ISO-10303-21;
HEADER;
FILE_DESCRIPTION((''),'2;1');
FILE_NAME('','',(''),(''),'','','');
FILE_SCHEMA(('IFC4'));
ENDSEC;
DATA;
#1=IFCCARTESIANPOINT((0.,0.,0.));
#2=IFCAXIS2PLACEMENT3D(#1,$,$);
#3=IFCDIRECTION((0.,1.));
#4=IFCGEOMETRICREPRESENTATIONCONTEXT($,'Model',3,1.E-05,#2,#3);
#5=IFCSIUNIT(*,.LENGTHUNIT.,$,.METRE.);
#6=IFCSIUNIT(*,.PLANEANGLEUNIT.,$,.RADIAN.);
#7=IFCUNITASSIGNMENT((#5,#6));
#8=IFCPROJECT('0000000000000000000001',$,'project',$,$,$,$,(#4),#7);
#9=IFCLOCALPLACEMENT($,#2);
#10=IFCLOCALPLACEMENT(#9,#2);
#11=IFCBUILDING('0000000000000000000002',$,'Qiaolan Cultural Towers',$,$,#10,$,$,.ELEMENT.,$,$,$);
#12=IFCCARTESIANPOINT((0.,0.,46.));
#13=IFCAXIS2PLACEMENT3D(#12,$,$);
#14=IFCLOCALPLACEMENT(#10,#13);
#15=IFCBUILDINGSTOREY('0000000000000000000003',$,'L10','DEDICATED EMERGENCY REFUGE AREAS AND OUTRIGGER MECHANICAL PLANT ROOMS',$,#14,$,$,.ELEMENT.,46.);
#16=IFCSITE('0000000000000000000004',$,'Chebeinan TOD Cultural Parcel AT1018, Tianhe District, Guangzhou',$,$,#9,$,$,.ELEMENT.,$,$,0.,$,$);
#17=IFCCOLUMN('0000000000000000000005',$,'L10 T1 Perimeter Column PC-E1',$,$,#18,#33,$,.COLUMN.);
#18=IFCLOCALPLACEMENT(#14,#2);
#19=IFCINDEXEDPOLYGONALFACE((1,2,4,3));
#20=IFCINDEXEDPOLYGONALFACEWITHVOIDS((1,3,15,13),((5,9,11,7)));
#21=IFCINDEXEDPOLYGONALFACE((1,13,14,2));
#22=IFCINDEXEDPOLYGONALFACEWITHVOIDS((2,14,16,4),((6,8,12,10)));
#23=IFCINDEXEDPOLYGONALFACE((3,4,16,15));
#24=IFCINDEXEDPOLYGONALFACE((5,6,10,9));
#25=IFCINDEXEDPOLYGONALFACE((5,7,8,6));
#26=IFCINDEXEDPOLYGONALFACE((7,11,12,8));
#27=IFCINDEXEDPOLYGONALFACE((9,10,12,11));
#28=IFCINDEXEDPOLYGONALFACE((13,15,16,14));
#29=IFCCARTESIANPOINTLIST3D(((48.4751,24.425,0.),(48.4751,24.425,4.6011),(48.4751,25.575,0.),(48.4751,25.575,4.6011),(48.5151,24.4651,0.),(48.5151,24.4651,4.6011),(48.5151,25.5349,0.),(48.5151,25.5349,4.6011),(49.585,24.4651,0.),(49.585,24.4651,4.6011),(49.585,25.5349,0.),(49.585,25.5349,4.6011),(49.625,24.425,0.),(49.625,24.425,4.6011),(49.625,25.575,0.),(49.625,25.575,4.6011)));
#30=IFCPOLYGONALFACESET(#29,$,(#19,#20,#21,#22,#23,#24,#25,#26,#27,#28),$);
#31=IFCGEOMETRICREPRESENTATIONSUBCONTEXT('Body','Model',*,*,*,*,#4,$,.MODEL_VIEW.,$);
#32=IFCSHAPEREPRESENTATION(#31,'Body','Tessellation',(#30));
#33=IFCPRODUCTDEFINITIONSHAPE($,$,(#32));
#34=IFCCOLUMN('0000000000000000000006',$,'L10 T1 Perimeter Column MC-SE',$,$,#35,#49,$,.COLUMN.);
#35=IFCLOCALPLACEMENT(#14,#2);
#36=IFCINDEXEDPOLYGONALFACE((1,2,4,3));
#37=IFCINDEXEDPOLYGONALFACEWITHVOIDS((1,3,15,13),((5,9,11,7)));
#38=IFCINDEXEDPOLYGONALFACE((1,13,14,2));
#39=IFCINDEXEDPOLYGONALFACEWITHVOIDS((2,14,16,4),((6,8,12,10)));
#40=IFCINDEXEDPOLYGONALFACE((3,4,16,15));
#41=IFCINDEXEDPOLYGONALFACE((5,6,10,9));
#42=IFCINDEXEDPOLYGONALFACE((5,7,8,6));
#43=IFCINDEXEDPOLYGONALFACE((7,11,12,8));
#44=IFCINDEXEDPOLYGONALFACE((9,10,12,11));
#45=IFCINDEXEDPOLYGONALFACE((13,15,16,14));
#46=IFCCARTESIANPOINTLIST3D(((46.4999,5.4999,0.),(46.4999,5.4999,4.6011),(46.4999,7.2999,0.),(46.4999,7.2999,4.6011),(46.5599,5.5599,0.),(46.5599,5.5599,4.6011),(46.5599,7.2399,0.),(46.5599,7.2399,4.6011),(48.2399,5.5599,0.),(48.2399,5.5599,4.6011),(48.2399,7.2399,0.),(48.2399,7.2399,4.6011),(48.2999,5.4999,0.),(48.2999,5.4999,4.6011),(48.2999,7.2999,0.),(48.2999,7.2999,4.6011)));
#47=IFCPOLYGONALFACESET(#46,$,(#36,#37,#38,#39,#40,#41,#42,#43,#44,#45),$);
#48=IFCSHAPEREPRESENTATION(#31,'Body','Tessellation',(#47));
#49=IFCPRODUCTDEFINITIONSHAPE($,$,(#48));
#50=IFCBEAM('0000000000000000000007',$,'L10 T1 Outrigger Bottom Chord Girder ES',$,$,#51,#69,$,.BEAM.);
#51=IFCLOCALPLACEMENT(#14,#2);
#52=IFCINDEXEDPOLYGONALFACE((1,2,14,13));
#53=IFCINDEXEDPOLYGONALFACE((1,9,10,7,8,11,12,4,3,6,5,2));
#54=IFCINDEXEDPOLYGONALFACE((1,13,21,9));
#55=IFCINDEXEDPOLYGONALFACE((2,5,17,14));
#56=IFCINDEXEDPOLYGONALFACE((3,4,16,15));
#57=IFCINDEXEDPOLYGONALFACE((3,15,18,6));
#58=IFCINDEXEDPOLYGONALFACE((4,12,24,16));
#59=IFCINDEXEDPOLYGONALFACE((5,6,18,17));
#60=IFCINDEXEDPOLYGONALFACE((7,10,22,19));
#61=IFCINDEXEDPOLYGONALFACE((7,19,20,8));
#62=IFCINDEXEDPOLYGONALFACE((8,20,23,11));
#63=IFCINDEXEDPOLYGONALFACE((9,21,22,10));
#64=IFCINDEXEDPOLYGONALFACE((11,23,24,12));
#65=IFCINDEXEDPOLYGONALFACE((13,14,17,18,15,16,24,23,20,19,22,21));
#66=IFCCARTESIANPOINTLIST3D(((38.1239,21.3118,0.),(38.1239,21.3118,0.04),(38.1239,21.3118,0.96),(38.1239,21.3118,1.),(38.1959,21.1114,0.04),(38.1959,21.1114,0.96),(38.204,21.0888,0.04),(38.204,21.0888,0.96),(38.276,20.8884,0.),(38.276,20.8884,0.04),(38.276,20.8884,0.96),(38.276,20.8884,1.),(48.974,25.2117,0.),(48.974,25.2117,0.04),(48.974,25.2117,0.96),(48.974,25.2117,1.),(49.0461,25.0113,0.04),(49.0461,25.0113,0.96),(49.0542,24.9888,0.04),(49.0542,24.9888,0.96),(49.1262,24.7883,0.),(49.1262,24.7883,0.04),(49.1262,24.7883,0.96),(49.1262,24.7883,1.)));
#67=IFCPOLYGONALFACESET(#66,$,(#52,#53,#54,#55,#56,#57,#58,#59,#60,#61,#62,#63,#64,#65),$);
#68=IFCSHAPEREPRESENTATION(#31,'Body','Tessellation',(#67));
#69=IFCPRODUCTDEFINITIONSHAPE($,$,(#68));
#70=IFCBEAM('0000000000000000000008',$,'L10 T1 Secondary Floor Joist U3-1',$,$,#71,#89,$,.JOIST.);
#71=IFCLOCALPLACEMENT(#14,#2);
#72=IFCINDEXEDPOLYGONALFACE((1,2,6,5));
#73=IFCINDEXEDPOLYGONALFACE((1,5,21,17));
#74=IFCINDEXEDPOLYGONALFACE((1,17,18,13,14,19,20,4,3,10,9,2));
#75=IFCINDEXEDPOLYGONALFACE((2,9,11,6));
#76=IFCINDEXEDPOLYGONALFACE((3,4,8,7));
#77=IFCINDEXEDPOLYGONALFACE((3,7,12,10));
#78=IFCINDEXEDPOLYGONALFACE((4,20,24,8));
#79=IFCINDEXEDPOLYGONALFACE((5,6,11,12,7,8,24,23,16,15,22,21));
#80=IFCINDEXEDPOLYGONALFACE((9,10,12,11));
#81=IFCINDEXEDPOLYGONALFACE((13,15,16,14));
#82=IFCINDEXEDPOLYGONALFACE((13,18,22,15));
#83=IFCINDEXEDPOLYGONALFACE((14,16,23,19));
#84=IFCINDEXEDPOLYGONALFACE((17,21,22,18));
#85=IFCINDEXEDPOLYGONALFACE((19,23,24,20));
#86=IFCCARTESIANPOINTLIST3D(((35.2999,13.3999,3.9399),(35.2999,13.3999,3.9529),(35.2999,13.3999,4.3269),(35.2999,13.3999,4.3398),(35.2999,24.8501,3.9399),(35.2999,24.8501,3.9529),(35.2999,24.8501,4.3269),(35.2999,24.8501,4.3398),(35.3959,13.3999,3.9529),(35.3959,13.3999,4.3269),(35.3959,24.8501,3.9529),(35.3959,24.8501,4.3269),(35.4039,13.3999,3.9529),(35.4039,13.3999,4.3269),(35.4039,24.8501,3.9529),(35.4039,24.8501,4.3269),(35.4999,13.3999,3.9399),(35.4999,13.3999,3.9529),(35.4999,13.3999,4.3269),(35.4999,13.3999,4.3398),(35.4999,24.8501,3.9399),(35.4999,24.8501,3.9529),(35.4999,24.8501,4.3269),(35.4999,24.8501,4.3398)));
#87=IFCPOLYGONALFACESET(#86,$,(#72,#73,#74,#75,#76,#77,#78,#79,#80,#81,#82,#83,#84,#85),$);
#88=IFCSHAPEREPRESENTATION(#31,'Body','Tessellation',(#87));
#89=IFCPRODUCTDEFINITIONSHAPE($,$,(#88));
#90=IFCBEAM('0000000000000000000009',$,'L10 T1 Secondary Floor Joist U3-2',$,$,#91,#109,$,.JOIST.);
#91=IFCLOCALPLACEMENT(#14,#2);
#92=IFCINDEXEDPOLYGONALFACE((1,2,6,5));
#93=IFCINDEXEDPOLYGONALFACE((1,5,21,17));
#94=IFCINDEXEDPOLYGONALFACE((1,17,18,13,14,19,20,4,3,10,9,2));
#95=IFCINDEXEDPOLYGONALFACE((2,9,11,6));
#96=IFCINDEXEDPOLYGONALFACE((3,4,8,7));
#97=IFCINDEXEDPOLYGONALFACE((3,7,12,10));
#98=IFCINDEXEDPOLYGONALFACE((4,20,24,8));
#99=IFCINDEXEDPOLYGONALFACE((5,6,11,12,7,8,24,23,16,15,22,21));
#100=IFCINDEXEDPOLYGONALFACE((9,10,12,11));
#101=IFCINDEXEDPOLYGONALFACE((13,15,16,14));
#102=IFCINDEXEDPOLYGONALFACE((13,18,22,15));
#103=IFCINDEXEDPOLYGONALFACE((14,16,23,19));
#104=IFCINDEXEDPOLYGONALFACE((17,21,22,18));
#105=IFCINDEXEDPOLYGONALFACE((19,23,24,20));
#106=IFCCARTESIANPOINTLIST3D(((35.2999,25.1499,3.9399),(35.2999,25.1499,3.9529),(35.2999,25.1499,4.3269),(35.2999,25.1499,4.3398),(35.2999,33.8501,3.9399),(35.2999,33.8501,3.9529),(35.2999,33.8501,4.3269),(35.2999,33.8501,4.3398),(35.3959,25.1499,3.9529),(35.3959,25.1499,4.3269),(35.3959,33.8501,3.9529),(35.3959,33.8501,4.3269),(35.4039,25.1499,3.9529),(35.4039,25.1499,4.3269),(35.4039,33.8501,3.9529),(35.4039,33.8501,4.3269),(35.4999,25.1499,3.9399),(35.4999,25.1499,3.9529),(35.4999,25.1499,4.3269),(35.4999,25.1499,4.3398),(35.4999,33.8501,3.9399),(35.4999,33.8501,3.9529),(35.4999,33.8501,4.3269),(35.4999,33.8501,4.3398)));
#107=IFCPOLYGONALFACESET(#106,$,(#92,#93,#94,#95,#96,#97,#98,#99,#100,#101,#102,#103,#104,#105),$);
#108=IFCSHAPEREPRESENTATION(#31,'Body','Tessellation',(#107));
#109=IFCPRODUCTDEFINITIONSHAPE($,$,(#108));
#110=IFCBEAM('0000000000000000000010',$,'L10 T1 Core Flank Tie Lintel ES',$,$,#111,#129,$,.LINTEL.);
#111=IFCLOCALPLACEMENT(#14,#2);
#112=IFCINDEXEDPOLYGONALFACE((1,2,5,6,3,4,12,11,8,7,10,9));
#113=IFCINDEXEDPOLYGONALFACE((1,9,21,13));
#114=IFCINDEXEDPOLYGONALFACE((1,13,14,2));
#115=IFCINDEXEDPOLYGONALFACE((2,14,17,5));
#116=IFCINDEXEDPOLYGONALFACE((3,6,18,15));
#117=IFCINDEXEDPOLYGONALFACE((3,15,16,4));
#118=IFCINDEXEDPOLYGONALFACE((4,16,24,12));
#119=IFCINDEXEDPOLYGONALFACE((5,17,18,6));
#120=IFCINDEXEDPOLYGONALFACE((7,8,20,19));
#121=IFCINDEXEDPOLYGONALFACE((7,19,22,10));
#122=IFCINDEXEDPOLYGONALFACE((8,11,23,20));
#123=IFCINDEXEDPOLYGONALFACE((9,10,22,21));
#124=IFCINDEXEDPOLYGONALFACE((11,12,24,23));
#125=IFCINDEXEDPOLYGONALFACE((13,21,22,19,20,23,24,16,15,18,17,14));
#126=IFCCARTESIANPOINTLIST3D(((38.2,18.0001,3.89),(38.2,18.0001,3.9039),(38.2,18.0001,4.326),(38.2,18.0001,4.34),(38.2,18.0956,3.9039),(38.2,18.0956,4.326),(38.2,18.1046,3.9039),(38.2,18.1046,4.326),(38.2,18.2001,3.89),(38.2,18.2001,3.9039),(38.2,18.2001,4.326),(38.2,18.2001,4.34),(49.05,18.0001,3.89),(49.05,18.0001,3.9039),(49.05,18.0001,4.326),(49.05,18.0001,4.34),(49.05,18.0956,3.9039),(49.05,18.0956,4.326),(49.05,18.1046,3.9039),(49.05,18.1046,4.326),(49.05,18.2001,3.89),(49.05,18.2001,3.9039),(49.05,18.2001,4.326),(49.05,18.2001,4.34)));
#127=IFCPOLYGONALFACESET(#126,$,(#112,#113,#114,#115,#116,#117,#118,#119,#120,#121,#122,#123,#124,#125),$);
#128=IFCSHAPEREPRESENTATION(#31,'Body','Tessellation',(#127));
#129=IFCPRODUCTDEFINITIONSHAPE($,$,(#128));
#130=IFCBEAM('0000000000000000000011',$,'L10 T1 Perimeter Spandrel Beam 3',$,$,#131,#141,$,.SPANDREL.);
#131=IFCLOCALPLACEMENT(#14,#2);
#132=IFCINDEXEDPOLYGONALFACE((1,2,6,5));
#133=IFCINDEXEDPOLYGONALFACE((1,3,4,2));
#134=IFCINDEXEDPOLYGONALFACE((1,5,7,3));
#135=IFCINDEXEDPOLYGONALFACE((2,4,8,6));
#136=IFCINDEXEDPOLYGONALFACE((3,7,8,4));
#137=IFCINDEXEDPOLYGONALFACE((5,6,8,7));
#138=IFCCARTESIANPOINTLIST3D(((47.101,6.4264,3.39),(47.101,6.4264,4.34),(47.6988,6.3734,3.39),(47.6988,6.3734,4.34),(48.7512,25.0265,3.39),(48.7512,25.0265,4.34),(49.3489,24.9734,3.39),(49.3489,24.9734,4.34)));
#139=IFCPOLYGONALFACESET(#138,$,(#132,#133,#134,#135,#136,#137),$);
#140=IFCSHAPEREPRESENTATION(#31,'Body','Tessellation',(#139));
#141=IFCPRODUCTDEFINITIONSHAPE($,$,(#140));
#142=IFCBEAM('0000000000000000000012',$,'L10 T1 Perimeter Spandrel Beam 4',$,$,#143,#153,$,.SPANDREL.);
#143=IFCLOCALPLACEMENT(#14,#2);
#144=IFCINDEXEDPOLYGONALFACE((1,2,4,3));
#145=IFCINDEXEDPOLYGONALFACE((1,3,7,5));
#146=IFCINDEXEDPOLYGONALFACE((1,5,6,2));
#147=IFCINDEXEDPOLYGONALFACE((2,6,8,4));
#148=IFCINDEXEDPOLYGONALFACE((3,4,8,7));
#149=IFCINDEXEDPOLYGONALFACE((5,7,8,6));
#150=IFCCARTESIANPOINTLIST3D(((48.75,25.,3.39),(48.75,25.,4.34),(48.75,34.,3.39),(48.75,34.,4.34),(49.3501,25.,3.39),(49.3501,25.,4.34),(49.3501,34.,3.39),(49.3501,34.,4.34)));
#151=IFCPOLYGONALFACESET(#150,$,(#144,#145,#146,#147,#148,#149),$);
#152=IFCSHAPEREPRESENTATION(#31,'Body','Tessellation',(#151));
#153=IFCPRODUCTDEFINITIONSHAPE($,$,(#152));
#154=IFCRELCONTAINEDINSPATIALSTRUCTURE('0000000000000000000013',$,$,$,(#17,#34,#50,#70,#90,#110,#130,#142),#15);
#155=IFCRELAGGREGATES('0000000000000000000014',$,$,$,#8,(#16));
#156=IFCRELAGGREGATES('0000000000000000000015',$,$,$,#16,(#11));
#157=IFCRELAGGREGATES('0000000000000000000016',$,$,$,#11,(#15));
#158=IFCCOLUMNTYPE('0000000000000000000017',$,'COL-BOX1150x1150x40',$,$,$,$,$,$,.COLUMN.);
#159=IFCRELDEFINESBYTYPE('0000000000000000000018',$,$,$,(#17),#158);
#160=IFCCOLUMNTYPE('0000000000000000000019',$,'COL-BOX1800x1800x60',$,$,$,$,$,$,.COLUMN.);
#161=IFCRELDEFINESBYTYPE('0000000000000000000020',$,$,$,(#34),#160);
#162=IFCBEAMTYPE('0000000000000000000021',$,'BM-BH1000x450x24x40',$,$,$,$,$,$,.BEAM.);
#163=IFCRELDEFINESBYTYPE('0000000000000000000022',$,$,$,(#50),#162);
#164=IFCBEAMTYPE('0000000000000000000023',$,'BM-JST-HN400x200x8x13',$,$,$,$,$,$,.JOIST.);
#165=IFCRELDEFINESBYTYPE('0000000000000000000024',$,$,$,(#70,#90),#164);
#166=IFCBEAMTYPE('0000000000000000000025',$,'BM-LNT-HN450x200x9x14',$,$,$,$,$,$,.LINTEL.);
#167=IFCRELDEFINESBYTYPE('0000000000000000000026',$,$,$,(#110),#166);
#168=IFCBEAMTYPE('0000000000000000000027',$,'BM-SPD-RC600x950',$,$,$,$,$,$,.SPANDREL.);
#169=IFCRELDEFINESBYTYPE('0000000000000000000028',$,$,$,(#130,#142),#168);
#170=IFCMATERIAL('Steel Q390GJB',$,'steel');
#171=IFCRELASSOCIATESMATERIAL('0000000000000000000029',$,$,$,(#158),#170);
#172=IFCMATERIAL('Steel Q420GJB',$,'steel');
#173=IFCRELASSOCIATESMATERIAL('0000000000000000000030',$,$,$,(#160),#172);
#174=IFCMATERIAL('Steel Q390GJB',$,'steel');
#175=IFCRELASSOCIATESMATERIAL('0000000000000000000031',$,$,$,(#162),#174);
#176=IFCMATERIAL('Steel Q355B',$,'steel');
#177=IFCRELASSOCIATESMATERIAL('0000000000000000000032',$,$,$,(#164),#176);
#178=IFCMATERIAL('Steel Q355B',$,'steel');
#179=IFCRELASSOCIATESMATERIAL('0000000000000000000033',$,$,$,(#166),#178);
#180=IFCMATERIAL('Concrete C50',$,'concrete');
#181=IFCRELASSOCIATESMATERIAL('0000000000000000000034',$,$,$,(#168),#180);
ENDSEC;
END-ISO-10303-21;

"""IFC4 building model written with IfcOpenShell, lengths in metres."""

from ifc_helpers import new_model, si_unit, direction, frame, origin, origin_2d, place, context, subcontext, project, spatial, rectangle, hollow_rectangle, i_section, extrude, material, material_profile, profile_set, type_object, element, save


model = new_model("IFC4")

# Units and contexts
model_context = context("Model", 3, precision=1e-05, world=origin(), true_north=direction((0.0, 1.0)))
body_context = subcontext(model_context, "Body", "Model", "MODEL_VIEW")
ifc_project = project(units=[si_unit("LENGTHUNIT", "METRE"), si_unit("PLANEANGLEUNIT", "RADIAN")], contexts=[model_context])

# Site, building, storey
site_placement = place(None, origin())
site = spatial("IfcSite", under=ifc_project, at=site_placement, Name="Chebeinan TOD Cultural Parcel AT1018, Tianhe District, Guangzhou", CompositionType="ELEMENT", RefElevation=0.0)
building_placement = place(site_placement, origin())
building = spatial("IfcBuilding", under=site, at=building_placement, Name="Qiaolan Cultural Towers", CompositionType="ELEMENT")
storey_placement = place(building_placement, frame((0.0, 0.0, 46.0)))
storey = spatial("IfcBuildingStorey", under=building, at=storey_placement, Name="L10", Description="DEDICATED EMERGENCY REFUGE AREAS AND OUTRIGGER MECHANICAL PLANT ROOMS", CompositionType="ELEMENT", Elevation=46.0)

# Columns
ifc_material_1 = material(Name="Steel Q390GJB", Category="steel")
ifc_material_profile_1 = material_profile(ifc_material_1, hollow_rectangle(XDim=1.1499, YDim=1.1499, WallThickness=0.04, at=origin_2d()), Name="BOX1150x1150x40")
ifc_profile_set_1 = profile_set([ifc_material_profile_1], Name="Steel Q390GJB")
column_type_1 = type_object("IfcColumnType", Name="COL-BOX1150x1150x40", PredefinedType="COLUMN", material=ifc_profile_set_1)
column_1_placement = place(storey_placement, frame((49.05, 25.0, 0.0), z_axis=(0.0, 0.0, 1.0), x_axis=(1.0, 0.0, 0.0)))
element("IfcColumn", 1, at=column_1_placement, inside=storey, type_object=column_type_1, Name="L10 T1 Perimeter Column PC-E1", PredefinedType="COLUMN", context=body_context, shape_type="SweptSolid", body=[
    extrude(hollow_rectangle(XDim=1.1499, YDim=1.1499, WallThickness=0.04, at=origin_2d()), origin(), (0.0, 0.0, 1.0), 4.6011),
])
ifc_material_2 = material(Name="Steel Q420GJB", Category="steel")
ifc_material_profile_2 = material_profile(ifc_material_2, hollow_rectangle(XDim=1.8, YDim=1.8, WallThickness=0.0601, at=origin_2d()), Name="BOX1800x1800x60")
ifc_profile_set_2 = profile_set([ifc_material_profile_2], Name="Steel Q420GJB")
column_type_2 = type_object("IfcColumnType", Name="COL-BOX1800x1800x60", PredefinedType="COLUMN", material=ifc_profile_set_2)
column_2_placement = place(storey_placement, frame((47.3999, 6.3999, 0.0), z_axis=(0.0, 0.0, 1.0), x_axis=(1.0, 0.0, 0.0)))
element("IfcColumn", 2, at=column_2_placement, inside=storey, type_object=column_type_2, Name="L10 T1 Perimeter Column MC-SE", PredefinedType="COLUMN", context=body_context, shape_type="SweptSolid", body=[
    extrude(hollow_rectangle(XDim=1.8, YDim=1.8, WallThickness=0.0601, at=origin_2d()), origin(), (0.0, 0.0, 1.0), 4.6011),
])

# Beams
ifc_material_3 = material(Name="Steel Q390GJB", Category="steel")
ifc_material_profile_3 = material_profile(ifc_material_3, i_section(OverallWidth=0.45, OverallDepth=1.0, WebThickness=0.0239, FlangeThickness=0.04, at=origin_2d()), Name="BH1000x450x24x40")
ifc_profile_set_3 = profile_set([ifc_material_profile_3], Name="Steel Q390GJB")
beam_type_1 = type_object("IfcBeamType", Name="BM-BH1000x450x24x40", PredefinedType="BEAM", material=ifc_profile_set_3)
beam_1_placement = place(storey_placement, frame((38.2, 21.1001, 0.5), z_axis=(0.941057, 0.338249, 0.0), x_axis=(-0.338249, 0.941057, 0.0)))
element("IfcBeam", 3, at=beam_1_placement, inside=storey, type_object=beam_type_1, Name="L10 T1 Outrigger Bottom Chord Girder ES", PredefinedType="BEAM", context=body_context, shape_type="SweptSolid", body=[
    extrude(i_section(OverallWidth=0.45, OverallDepth=1.0, WebThickness=0.0239, FlangeThickness=0.04, at=origin_2d()), origin(), (0.0, 0.0, 1.0), 11.5298),
])
ifc_material_4 = material(Name="Steel Q355B", Category="steel")
ifc_material_profile_4 = material_profile(ifc_material_4, i_section(OverallWidth=0.2, OverallDepth=0.3999, WebThickness=0.0081, FlangeThickness=0.0129, at=origin_2d()), Name="HN400x200x8x13")
ifc_profile_set_4 = profile_set([ifc_material_profile_4], Name="Steel Q355B")
beam_type_2 = type_object("IfcBeamType", Name="BM-JST-HN400x200x8x13", PredefinedType="JOIST", material=ifc_profile_set_4)
beam_2_placement = place(storey_placement, frame((35.3999, 13.3999, 4.1399), z_axis=(0.0, 1.0, 0.0), x_axis=(-1.0, 0.0, 0.0)))
element("IfcBeam", 4, at=beam_2_placement, inside=storey, type_object=beam_type_2, Name="L10 T1 Secondary Floor Joist U3-1", PredefinedType="JOIST", context=body_context, shape_type="SweptSolid", body=[
    extrude(i_section(OverallWidth=0.2, OverallDepth=0.3999, WebThickness=0.0081, FlangeThickness=0.0129, at=origin_2d()), origin(), (0.0, 0.0, 1.0), 11.4502),
])
beam_3_placement = place(storey_placement, frame((35.3999, 25.1499, 4.1399), z_axis=(0.0, 1.0, 0.0), x_axis=(-1.0, 0.0, 0.0)))
element("IfcBeam", 5, at=beam_3_placement, inside=storey, type_object=beam_type_2, Name="L10 T1 Secondary Floor Joist U3-2", PredefinedType="JOIST", context=body_context, shape_type="SweptSolid", body=[
    extrude(i_section(OverallWidth=0.2, OverallDepth=0.3999, WebThickness=0.0081, FlangeThickness=0.0129, at=origin_2d()), origin(), (0.0, 0.0, 1.0), 8.7002),
])
ifc_material_5 = material(Name="Steel Q355B", Category="steel")
ifc_material_profile_5 = material_profile(ifc_material_5, i_section(OverallWidth=0.2, OverallDepth=0.45, WebThickness=0.009, FlangeThickness=0.0139, at=origin_2d()), Name="HN450x200x9x14")
ifc_profile_set_5 = profile_set([ifc_material_profile_5], Name="Steel Q355B")
beam_type_3 = type_object("IfcBeamType", Name="BM-LNT-HN450x200x9x14", PredefinedType="LINTEL", material=ifc_profile_set_5)
beam_4_placement = place(storey_placement, frame((38.2, 18.1001, 4.115), z_axis=(1.0, 0.0, 0.0), x_axis=(0.0, 1.0, 0.0)))
element("IfcBeam", 6, at=beam_4_placement, inside=storey, type_object=beam_type_3, Name="L10 T1 Core Flank Tie Lintel ES", PredefinedType="LINTEL", context=body_context, shape_type="SweptSolid", body=[
    extrude(i_section(OverallWidth=0.2, OverallDepth=0.45, WebThickness=0.009, FlangeThickness=0.0139, at=origin_2d()), origin(), (0.0, 0.0, 1.0), 10.8501),
])
ifc_material_6 = material(Name="Concrete C50", Category="concrete")
ifc_material_profile_6 = material_profile(ifc_material_6, rectangle(XDim=0.6001, YDim=0.95, at=origin_2d()), Name="RC600x950")
ifc_profile_set_6 = profile_set([ifc_material_profile_6], Name="Concrete C50")
beam_type_4 = type_object("IfcBeamType", Name="BM-SPD-RC600x950", PredefinedType="SPANDREL", material=ifc_profile_set_6)
beam_5_placement = place(storey_placement, frame((47.3999, 6.3999, 3.865), z_axis=(0.08837, 0.996088, 0.0), x_axis=(-0.996088, 0.08837, 0.0)))
element("IfcBeam", 7, at=beam_5_placement, inside=storey, type_object=beam_type_4, Name="L10 T1 Perimeter Spandrel Beam 3", PredefinedType="SPANDREL", context=body_context, shape_type="SweptSolid", body=[
    extrude(rectangle(XDim=0.6001, YDim=0.95, at=origin_2d()), origin(), (0.0, 0.0, 1.0), 18.6731),
])
beam_6_placement = place(storey_placement, frame((49.05, 25.0, 3.865), z_axis=(0.0, 1.0, 0.0), x_axis=(-1.0, 0.0, 0.0)))
element("IfcBeam", 8, at=beam_6_placement, inside=storey, type_object=beam_type_4, Name="L10 T1 Perimeter Spandrel Beam 4", PredefinedType="SPANDREL", context=body_context, shape_type="SweptSolid", body=[
    extrude(rectangle(XDim=0.6001, YDim=0.95, at=origin_2d()), origin(), (0.0, 0.0, 1.0), 9.0),
])

save(model, "model.ifc")
